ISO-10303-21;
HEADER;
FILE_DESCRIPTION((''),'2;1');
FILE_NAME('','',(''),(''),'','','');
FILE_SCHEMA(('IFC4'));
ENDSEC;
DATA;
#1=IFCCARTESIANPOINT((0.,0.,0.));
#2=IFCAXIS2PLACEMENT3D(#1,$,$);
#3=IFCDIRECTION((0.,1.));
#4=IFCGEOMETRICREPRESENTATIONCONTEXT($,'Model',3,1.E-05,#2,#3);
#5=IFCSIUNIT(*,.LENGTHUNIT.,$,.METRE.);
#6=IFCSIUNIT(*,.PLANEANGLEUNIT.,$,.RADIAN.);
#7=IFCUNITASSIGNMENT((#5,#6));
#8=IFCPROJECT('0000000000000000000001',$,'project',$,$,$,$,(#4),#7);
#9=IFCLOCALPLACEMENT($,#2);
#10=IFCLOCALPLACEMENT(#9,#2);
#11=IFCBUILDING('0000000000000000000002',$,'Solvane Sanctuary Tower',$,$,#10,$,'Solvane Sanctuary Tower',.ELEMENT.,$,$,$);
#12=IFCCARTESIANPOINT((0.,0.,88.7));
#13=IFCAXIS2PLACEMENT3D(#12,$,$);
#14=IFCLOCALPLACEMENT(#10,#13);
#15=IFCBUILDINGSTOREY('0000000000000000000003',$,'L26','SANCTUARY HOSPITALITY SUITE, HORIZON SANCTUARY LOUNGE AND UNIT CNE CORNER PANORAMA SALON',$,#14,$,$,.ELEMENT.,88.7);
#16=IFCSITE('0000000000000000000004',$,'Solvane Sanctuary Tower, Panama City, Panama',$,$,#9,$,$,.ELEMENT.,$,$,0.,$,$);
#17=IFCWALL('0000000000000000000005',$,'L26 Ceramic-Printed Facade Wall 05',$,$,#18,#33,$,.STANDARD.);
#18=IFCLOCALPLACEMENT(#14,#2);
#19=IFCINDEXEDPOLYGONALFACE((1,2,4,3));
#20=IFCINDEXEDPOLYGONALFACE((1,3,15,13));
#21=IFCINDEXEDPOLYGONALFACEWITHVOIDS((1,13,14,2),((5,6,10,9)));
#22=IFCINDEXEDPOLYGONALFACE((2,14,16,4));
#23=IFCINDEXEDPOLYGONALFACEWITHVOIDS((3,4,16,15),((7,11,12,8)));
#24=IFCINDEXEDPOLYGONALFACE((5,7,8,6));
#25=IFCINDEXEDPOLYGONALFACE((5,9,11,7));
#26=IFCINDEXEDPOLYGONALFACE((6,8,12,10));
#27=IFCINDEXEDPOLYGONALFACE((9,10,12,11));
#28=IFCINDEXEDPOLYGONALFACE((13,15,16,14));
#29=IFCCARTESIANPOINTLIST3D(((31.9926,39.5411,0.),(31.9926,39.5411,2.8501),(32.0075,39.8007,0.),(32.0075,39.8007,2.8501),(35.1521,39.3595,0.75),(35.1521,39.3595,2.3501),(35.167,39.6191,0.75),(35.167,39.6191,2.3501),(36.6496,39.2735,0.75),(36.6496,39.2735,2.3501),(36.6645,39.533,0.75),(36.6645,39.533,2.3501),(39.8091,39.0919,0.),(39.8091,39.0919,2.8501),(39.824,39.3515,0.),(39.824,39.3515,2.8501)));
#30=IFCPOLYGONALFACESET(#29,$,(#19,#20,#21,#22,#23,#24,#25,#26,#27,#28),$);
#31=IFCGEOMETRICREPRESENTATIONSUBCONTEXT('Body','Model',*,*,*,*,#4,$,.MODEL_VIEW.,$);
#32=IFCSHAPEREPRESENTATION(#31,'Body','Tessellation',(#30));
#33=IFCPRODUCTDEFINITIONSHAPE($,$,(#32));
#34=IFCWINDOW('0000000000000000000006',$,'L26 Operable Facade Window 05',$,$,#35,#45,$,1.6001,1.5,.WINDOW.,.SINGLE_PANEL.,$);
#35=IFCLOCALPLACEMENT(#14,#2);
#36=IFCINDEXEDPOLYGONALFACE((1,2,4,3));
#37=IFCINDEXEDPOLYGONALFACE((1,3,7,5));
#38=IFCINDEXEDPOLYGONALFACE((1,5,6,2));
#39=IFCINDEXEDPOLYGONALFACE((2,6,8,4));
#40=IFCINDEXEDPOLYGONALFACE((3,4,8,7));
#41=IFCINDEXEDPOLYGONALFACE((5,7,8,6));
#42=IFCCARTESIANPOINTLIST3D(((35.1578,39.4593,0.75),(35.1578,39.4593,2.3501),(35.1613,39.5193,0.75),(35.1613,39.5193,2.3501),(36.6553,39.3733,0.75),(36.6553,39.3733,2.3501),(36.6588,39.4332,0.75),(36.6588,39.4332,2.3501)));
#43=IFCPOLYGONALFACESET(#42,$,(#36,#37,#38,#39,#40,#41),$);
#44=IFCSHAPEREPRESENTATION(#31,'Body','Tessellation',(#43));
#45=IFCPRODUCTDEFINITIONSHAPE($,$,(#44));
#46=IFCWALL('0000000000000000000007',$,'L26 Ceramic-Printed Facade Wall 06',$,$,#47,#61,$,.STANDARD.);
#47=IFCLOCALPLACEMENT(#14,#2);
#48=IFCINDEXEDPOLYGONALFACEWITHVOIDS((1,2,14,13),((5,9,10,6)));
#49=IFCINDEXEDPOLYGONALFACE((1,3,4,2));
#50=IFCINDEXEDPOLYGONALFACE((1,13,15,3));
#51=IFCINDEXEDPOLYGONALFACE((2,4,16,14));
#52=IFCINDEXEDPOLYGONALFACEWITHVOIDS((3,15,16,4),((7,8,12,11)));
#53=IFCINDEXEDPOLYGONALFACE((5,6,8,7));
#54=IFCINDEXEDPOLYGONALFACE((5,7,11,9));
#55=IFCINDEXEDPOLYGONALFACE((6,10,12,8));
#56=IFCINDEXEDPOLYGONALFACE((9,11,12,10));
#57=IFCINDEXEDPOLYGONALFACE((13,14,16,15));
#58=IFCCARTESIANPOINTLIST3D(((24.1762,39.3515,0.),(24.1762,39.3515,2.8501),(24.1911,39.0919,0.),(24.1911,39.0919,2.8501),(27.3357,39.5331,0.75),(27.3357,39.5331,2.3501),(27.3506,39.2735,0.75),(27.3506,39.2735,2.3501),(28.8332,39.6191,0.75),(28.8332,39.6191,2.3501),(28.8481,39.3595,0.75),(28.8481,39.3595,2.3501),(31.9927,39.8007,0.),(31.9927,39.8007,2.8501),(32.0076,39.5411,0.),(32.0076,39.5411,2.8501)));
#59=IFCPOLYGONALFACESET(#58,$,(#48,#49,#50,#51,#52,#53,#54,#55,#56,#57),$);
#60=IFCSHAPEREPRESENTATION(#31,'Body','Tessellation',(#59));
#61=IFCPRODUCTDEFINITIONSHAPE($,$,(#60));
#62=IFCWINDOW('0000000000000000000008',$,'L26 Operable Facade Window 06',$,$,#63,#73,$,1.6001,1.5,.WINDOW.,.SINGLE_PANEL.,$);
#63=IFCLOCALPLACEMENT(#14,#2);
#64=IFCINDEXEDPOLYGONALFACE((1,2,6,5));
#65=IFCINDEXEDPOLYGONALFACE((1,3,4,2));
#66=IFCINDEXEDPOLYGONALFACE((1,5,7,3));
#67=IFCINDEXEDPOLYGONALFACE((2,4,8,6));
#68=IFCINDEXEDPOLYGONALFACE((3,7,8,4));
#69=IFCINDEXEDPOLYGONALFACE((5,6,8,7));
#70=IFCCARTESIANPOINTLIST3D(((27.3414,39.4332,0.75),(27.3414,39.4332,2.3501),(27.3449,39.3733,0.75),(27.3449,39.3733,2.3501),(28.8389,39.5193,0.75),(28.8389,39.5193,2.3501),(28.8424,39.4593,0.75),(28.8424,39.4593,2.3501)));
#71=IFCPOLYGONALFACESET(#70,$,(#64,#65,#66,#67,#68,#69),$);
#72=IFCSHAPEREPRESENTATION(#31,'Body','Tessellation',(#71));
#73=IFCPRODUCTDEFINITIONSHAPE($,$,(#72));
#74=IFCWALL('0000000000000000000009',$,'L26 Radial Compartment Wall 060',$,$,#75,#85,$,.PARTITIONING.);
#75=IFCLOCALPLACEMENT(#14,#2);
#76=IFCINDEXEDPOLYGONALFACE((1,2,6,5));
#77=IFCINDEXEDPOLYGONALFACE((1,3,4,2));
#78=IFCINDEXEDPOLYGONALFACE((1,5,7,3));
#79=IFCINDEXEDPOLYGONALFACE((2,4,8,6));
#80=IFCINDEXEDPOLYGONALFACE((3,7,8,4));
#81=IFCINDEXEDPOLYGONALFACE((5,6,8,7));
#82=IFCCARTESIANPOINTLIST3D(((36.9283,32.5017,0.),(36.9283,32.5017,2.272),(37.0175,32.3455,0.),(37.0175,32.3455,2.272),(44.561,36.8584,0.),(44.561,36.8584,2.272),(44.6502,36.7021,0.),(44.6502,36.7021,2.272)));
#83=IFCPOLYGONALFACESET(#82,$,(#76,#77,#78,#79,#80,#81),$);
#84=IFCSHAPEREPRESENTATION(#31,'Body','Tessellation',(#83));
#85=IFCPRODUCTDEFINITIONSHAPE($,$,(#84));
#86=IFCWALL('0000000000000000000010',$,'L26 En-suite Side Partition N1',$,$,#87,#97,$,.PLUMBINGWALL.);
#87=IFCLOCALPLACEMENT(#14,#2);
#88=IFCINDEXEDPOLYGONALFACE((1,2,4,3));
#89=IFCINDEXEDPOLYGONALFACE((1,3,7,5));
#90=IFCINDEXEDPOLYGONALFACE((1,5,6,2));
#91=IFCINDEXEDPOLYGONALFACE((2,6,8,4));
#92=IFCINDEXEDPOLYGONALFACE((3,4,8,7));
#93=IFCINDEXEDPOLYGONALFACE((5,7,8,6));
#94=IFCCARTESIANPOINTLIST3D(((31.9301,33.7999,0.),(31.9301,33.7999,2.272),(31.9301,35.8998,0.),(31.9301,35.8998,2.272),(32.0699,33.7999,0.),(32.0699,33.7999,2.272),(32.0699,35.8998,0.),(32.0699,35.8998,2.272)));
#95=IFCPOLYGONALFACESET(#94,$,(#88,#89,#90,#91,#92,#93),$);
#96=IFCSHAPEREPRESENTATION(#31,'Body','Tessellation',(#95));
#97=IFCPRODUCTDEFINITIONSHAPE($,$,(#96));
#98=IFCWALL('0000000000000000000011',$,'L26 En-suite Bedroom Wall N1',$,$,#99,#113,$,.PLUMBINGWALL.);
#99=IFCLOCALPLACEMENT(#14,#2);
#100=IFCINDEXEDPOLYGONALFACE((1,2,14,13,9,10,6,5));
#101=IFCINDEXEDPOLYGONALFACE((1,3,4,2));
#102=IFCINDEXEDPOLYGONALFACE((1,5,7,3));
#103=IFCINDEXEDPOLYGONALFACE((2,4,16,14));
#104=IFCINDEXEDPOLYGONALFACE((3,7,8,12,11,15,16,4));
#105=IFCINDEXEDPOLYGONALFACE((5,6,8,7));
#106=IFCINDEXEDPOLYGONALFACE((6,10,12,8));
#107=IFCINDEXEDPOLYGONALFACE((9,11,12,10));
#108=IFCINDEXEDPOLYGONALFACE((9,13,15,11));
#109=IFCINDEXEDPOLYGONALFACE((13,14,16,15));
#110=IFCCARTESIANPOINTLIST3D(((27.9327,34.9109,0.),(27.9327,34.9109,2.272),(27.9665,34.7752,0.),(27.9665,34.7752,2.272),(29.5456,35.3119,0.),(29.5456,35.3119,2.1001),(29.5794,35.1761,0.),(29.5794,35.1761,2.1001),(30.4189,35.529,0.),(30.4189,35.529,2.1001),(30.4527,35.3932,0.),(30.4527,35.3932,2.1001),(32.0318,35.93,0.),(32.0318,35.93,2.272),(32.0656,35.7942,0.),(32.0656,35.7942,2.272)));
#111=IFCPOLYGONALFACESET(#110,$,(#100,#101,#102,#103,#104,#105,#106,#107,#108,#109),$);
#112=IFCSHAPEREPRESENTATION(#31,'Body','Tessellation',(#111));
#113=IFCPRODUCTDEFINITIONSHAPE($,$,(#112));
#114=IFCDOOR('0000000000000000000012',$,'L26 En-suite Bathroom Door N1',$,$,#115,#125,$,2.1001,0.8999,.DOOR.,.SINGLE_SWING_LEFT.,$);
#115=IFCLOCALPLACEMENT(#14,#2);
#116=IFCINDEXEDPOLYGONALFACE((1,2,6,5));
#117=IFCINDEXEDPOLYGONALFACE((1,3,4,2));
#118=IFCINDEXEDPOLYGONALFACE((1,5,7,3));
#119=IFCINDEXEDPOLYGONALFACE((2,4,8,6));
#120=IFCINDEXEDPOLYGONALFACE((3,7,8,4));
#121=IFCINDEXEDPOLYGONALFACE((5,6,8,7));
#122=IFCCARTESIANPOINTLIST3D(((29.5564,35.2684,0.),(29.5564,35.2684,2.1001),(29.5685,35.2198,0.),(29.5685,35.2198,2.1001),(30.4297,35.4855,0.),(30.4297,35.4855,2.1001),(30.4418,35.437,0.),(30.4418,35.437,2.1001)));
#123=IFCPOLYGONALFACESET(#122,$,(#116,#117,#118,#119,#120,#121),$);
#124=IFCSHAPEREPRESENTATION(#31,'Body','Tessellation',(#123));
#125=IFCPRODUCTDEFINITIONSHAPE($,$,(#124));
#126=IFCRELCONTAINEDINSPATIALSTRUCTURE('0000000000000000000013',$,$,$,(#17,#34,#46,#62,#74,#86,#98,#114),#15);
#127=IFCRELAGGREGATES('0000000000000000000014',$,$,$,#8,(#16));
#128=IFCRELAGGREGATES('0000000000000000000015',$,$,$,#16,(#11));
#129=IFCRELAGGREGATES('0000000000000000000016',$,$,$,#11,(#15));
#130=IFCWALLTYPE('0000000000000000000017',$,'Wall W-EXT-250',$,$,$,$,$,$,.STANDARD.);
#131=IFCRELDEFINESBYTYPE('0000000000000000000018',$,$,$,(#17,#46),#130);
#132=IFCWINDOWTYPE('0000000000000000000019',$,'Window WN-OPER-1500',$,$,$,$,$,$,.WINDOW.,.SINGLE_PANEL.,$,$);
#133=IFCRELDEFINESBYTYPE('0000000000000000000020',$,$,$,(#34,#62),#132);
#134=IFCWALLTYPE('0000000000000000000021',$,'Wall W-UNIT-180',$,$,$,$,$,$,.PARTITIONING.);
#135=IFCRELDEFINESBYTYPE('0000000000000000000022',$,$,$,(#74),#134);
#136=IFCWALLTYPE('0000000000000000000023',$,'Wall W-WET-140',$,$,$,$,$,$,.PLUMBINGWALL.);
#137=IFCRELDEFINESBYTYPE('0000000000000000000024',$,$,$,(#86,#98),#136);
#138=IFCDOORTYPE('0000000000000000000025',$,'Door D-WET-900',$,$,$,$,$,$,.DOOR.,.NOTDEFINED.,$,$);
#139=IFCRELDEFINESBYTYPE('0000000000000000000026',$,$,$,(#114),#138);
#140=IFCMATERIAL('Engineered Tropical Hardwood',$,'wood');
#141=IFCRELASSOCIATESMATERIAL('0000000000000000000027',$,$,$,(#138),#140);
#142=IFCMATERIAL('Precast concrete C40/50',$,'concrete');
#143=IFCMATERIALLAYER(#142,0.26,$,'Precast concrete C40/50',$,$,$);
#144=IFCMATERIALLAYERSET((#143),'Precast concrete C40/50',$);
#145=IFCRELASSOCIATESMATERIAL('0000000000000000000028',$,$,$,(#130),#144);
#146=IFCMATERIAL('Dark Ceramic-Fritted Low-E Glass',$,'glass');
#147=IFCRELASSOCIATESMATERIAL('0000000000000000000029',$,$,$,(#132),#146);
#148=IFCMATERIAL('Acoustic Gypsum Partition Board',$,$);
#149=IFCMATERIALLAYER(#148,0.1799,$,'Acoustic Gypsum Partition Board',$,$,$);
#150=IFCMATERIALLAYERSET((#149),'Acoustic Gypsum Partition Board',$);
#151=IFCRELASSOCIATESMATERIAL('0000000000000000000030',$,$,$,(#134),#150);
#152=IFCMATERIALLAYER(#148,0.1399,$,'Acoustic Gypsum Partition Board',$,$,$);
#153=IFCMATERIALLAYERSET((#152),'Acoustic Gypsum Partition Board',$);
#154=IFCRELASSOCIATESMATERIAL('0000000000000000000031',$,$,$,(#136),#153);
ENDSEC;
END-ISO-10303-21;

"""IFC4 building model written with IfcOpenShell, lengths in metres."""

from ifc_helpers import new_model, si_unit, direction, frame, frame_2d, origin, place, context, subcontext, project, spatial, rectangle, extrude, material, layer, layer_set, type_object, element, fill, save


model = new_model("IFC4")

# Units and contexts
model_context = context("Model", 3, precision=1e-05, world=origin(), true_north=direction((0.0, 1.0)))
body_context = subcontext(model_context, "Body", "Model", "MODEL_VIEW")
ifc_project = project(units=[si_unit("LENGTHUNIT", "METRE"), si_unit("PLANEANGLEUNIT", "RADIAN")], contexts=[model_context])

# Site, building, storey
site_placement = place(None, origin())
site = spatial("IfcSite", under=ifc_project, at=site_placement, Name="Solvane Sanctuary Tower, Panama City, Panama", CompositionType="ELEMENT", RefElevation=0.0)
building_placement = place(site_placement, origin())
building = spatial("IfcBuilding", under=site, at=building_placement, Name="Solvane Sanctuary Tower", LongName="Solvane Sanctuary Tower", CompositionType="ELEMENT")
storey_placement = place(building_placement, frame((0.0, 0.0, 88.7)))
storey = spatial("IfcBuildingStorey", under=building, at=storey_placement, Name="L26", Description="SANCTUARY HOSPITALITY SUITE, HORIZON SANCTUARY LOUNGE AND UNIT CNE CORNER PANORAMA SALON", CompositionType="ELEMENT", Elevation=88.7)

# Shared definitions
ifc_material_1 = material(Name="Acoustic Gypsum Partition Board")

# Shared definitions
ifc_material_2 = material(Name="Engineered Tropical Hardwood", Category="wood")
door_type_1 = type_object("IfcDoorType", Name="Door D-WET-900", OperationType="NOTDEFINED", PredefinedType="DOOR", material=ifc_material_2)

# Walls, openings, windows
ifc_material_3 = material(Name="Precast concrete C40/50", Category="concrete")
ifc_layer_1 = layer(ifc_material_3, 0.26, Name="Precast concrete C40/50")
ifc_layer_set_1 = layer_set([ifc_layer_1], Name="Precast concrete C40/50")
wall_type_1 = type_object("IfcWallType", Name="Wall W-EXT-250", PredefinedType="STANDARD", material=ifc_layer_set_1)
wall_1_placement = place(storey_placement, frame((39.8164, 39.2217, 0.0), z_axis=(0.0, 0.0, 1.0), x_axis=(-0.998353, 0.057377, 0.0)))
wall_1 = element("IfcWall", 1, at=wall_1_placement, inside=storey, type_object=wall_type_1, Name="L26 Ceramic-Printed Facade Wall 05", PredefinedType="STANDARD", context=body_context, shape_type="SweptSolid", body=[
    extrude(rectangle(XDim=7.8293, YDim=0.26, at=frame_2d((3.9146, 0.0))), origin(), (0.0, 0.0, 1.0), 2.8501),
])
opening_1_placement = place(wall_1_placement, frame((3.1646, 0.0, 0.75)))
opening_1 = element("IfcOpeningElement", 2, at=opening_1_placement, cuts=wall_1, PredefinedType="OPENING", context=body_context, shape_type="SweptSolid", body=[
    extrude(rectangle(XDim=1.5, YDim=1.6001, at=frame_2d((0.75, 0.8))), frame((0.0, 0.1399, 0.0), z_axis=(0.0, -1.0, 0.0), x_axis=(1.0, 0.0, 0.0)), (0.0, 0.0, 1.0), 0.28),
])
ifc_material_4 = material(Name="Dark Ceramic-Fritted Low-E Glass", Category="glass")
window_type = type_object("IfcWindowType", Name="Window WN-OPER-1500", PartitioningType="SINGLE_PANEL", PredefinedType="WINDOW", material=ifc_material_4)
window_1_placement = place(opening_1_placement, origin())
window_1 = element("IfcWindow", 3, at=window_1_placement, inside=storey, type_object=window_type, Name="L26 Operable Facade Window 05", OverallHeight=1.6001, OverallWidth=1.5, PartitioningType="SINGLE_PANEL", PredefinedType="WINDOW", context=body_context, shape_type="SweptSolid", body=[
    extrude(rectangle(XDim=1.5, YDim=1.6001, at=frame_2d((0.75, 0.8))), frame((0.0, 0.03, 0.0), z_axis=(0.0, -1.0, 0.0), x_axis=(1.0, 0.0, 0.0)), (0.0, 0.0, 1.0), 0.0601),
])
fill(opening_1, window_1)
wall_2_placement = place(storey_placement, frame((32.0, 39.6709, 0.0), z_axis=(0.0, 0.0, 1.0), x_axis=(-0.998353, -0.057377, 0.0)))
wall_2 = element("IfcWall", 4, at=wall_2_placement, inside=storey, type_object=wall_type_1, Name="L26 Ceramic-Printed Facade Wall 06", PredefinedType="STANDARD", context=body_context, shape_type="SweptSolid", body=[
    extrude(rectangle(XDim=7.8293, YDim=0.26, at=frame_2d((3.9146, 0.0))), origin(), (0.0, 0.0, 1.0), 2.8501),
])
opening_2_placement = place(wall_2_placement, frame((3.1646, 0.0, 0.75)))
opening_2 = element("IfcOpeningElement", 5, at=opening_2_placement, cuts=wall_2, PredefinedType="OPENING", context=body_context, shape_type="SweptSolid", body=[
    extrude(rectangle(XDim=1.5, YDim=1.6001, at=frame_2d((0.75, 0.8))), frame((0.0, 0.1399, 0.0), z_axis=(0.0, -1.0, 0.0), x_axis=(1.0, 0.0, 0.0)), (0.0, 0.0, 1.0), 0.28),
])
window_2_placement = place(opening_2_placement, origin())
window_2 = element("IfcWindow", 6, at=window_2_placement, inside=storey, type_object=window_type, Name="L26 Operable Facade Window 06", OverallHeight=1.6001, OverallWidth=1.5, PartitioningType="SINGLE_PANEL", PredefinedType="WINDOW", context=body_context, shape_type="SweptSolid", body=[
    extrude(rectangle(XDim=1.5, YDim=1.6001, at=frame_2d((0.75, 0.8))), frame((0.0, 0.03, 0.0), z_axis=(0.0, -1.0, 0.0), x_axis=(1.0, 0.0, 0.0)), (0.0, 0.0, 1.0), 0.0601),
])
fill(opening_2, window_2)

# Walls
ifc_layer_2 = layer(ifc_material_1, 0.1799, Name="Acoustic Gypsum Partition Board")
ifc_layer_set_2 = layer_set([ifc_layer_2], Name="Acoustic Gypsum Partition Board")
wall_type_2 = type_object("IfcWallType", Name="Wall W-UNIT-180", PredefinedType="PARTITIONING", material=ifc_layer_set_2)
wall_3_placement = place(storey_placement, frame((36.9729, 32.4236, 0.0), z_axis=(0.0, 0.0, 1.0), x_axis=(0.868484, 0.495717, 0.0)))
element("IfcWall", 7, at=wall_3_placement, inside=storey, type_object=wall_type_2, Name="L26 Radial Compartment Wall 060", PredefinedType="PARTITIONING", context=body_context, shape_type="SweptSolid", body=[
    extrude(rectangle(XDim=8.7886, YDim=0.1799, at=frame_2d((4.3943, 0.0))), origin(), (0.0, 0.0, 1.0), 2.272),
])
ifc_layer_3 = layer(ifc_material_1, 0.1399, Name="Acoustic Gypsum Partition Board")
ifc_layer_set_3 = layer_set([ifc_layer_3], Name="Acoustic Gypsum Partition Board")
wall_type_3 = type_object("IfcWallType", Name="Wall W-WET-140", PredefinedType="PLUMBINGWALL", material=ifc_layer_set_3)
wall_4_placement = place(storey_placement, frame((32.0, 33.8, 0.0), z_axis=(0.0, 0.0, 1.0), x_axis=(0.0, 1.0, 0.0)))
element("IfcWall", 8, at=wall_4_placement, inside=storey, type_object=wall_type_3, Name="L26 En-suite Side Partition N1", PredefinedType="PLUMBINGWALL", context=body_context, shape_type="SweptSolid", body=[
    extrude(rectangle(XDim=2.0999, YDim=0.1399, at=frame_2d((1.0498, 0.0))), origin(), (0.0, 0.0, 1.0), 2.272),
])

# Wall, opening, door
wall_5_placement = place(storey_placement, frame((32.0486, 35.8621, 0.0), z_axis=(0.0, 0.0, 1.0), x_axis=(-0.970461, -0.241257, 0.0)))
wall_5 = element("IfcWall", 9, at=wall_5_placement, inside=storey, type_object=wall_type_3, Name="L26 En-suite Bedroom Wall N1", PredefinedType="PLUMBINGWALL", context=body_context, shape_type="SweptSolid", body=[
    extrude(rectangle(XDim=4.2239, YDim=0.1399, at=frame_2d((2.1118, 0.0))), origin(), (0.0, 0.0, 1.0), 2.272),
])
opening_3_placement = place(wall_5_placement, frame((1.6619, 0.0, 0.0)))
opening_3 = element("IfcOpeningElement", 10, at=opening_3_placement, cuts=wall_5, PredefinedType="OPENING", context=body_context, shape_type="SweptSolid", body=[
    extrude(rectangle(XDim=0.8999, YDim=2.1001, at=frame_2d((0.45, 1.05))), frame((0.0, 0.0798, 0.0), z_axis=(0.0, -1.0, 0.0), x_axis=(1.0, 0.0, 0.0)), (0.0, 0.0, 1.0), 0.1599),
])
door_1_placement = place(opening_3_placement, origin())
door_1 = element("IfcDoor", 11, at=door_1_placement, inside=storey, type_object=door_type_1, Name="L26 En-suite Bathroom Door N1", OperationType="SINGLE_SWING_LEFT", OverallHeight=2.1001, OverallWidth=0.8999, PredefinedType="DOOR", context=body_context, shape_type="SweptSolid", body=[
    extrude(rectangle(XDim=0.8999, YDim=2.1001, at=frame_2d((0.45, 1.05))), frame((0.0, 0.0249, 0.0), z_axis=(0.0, -1.0, 0.0), x_axis=(1.0, 0.0, 0.0)), (0.0, 0.0, 1.0), 0.05),
])
fill(opening_3, door_1)

save(model, "model.ifc")
